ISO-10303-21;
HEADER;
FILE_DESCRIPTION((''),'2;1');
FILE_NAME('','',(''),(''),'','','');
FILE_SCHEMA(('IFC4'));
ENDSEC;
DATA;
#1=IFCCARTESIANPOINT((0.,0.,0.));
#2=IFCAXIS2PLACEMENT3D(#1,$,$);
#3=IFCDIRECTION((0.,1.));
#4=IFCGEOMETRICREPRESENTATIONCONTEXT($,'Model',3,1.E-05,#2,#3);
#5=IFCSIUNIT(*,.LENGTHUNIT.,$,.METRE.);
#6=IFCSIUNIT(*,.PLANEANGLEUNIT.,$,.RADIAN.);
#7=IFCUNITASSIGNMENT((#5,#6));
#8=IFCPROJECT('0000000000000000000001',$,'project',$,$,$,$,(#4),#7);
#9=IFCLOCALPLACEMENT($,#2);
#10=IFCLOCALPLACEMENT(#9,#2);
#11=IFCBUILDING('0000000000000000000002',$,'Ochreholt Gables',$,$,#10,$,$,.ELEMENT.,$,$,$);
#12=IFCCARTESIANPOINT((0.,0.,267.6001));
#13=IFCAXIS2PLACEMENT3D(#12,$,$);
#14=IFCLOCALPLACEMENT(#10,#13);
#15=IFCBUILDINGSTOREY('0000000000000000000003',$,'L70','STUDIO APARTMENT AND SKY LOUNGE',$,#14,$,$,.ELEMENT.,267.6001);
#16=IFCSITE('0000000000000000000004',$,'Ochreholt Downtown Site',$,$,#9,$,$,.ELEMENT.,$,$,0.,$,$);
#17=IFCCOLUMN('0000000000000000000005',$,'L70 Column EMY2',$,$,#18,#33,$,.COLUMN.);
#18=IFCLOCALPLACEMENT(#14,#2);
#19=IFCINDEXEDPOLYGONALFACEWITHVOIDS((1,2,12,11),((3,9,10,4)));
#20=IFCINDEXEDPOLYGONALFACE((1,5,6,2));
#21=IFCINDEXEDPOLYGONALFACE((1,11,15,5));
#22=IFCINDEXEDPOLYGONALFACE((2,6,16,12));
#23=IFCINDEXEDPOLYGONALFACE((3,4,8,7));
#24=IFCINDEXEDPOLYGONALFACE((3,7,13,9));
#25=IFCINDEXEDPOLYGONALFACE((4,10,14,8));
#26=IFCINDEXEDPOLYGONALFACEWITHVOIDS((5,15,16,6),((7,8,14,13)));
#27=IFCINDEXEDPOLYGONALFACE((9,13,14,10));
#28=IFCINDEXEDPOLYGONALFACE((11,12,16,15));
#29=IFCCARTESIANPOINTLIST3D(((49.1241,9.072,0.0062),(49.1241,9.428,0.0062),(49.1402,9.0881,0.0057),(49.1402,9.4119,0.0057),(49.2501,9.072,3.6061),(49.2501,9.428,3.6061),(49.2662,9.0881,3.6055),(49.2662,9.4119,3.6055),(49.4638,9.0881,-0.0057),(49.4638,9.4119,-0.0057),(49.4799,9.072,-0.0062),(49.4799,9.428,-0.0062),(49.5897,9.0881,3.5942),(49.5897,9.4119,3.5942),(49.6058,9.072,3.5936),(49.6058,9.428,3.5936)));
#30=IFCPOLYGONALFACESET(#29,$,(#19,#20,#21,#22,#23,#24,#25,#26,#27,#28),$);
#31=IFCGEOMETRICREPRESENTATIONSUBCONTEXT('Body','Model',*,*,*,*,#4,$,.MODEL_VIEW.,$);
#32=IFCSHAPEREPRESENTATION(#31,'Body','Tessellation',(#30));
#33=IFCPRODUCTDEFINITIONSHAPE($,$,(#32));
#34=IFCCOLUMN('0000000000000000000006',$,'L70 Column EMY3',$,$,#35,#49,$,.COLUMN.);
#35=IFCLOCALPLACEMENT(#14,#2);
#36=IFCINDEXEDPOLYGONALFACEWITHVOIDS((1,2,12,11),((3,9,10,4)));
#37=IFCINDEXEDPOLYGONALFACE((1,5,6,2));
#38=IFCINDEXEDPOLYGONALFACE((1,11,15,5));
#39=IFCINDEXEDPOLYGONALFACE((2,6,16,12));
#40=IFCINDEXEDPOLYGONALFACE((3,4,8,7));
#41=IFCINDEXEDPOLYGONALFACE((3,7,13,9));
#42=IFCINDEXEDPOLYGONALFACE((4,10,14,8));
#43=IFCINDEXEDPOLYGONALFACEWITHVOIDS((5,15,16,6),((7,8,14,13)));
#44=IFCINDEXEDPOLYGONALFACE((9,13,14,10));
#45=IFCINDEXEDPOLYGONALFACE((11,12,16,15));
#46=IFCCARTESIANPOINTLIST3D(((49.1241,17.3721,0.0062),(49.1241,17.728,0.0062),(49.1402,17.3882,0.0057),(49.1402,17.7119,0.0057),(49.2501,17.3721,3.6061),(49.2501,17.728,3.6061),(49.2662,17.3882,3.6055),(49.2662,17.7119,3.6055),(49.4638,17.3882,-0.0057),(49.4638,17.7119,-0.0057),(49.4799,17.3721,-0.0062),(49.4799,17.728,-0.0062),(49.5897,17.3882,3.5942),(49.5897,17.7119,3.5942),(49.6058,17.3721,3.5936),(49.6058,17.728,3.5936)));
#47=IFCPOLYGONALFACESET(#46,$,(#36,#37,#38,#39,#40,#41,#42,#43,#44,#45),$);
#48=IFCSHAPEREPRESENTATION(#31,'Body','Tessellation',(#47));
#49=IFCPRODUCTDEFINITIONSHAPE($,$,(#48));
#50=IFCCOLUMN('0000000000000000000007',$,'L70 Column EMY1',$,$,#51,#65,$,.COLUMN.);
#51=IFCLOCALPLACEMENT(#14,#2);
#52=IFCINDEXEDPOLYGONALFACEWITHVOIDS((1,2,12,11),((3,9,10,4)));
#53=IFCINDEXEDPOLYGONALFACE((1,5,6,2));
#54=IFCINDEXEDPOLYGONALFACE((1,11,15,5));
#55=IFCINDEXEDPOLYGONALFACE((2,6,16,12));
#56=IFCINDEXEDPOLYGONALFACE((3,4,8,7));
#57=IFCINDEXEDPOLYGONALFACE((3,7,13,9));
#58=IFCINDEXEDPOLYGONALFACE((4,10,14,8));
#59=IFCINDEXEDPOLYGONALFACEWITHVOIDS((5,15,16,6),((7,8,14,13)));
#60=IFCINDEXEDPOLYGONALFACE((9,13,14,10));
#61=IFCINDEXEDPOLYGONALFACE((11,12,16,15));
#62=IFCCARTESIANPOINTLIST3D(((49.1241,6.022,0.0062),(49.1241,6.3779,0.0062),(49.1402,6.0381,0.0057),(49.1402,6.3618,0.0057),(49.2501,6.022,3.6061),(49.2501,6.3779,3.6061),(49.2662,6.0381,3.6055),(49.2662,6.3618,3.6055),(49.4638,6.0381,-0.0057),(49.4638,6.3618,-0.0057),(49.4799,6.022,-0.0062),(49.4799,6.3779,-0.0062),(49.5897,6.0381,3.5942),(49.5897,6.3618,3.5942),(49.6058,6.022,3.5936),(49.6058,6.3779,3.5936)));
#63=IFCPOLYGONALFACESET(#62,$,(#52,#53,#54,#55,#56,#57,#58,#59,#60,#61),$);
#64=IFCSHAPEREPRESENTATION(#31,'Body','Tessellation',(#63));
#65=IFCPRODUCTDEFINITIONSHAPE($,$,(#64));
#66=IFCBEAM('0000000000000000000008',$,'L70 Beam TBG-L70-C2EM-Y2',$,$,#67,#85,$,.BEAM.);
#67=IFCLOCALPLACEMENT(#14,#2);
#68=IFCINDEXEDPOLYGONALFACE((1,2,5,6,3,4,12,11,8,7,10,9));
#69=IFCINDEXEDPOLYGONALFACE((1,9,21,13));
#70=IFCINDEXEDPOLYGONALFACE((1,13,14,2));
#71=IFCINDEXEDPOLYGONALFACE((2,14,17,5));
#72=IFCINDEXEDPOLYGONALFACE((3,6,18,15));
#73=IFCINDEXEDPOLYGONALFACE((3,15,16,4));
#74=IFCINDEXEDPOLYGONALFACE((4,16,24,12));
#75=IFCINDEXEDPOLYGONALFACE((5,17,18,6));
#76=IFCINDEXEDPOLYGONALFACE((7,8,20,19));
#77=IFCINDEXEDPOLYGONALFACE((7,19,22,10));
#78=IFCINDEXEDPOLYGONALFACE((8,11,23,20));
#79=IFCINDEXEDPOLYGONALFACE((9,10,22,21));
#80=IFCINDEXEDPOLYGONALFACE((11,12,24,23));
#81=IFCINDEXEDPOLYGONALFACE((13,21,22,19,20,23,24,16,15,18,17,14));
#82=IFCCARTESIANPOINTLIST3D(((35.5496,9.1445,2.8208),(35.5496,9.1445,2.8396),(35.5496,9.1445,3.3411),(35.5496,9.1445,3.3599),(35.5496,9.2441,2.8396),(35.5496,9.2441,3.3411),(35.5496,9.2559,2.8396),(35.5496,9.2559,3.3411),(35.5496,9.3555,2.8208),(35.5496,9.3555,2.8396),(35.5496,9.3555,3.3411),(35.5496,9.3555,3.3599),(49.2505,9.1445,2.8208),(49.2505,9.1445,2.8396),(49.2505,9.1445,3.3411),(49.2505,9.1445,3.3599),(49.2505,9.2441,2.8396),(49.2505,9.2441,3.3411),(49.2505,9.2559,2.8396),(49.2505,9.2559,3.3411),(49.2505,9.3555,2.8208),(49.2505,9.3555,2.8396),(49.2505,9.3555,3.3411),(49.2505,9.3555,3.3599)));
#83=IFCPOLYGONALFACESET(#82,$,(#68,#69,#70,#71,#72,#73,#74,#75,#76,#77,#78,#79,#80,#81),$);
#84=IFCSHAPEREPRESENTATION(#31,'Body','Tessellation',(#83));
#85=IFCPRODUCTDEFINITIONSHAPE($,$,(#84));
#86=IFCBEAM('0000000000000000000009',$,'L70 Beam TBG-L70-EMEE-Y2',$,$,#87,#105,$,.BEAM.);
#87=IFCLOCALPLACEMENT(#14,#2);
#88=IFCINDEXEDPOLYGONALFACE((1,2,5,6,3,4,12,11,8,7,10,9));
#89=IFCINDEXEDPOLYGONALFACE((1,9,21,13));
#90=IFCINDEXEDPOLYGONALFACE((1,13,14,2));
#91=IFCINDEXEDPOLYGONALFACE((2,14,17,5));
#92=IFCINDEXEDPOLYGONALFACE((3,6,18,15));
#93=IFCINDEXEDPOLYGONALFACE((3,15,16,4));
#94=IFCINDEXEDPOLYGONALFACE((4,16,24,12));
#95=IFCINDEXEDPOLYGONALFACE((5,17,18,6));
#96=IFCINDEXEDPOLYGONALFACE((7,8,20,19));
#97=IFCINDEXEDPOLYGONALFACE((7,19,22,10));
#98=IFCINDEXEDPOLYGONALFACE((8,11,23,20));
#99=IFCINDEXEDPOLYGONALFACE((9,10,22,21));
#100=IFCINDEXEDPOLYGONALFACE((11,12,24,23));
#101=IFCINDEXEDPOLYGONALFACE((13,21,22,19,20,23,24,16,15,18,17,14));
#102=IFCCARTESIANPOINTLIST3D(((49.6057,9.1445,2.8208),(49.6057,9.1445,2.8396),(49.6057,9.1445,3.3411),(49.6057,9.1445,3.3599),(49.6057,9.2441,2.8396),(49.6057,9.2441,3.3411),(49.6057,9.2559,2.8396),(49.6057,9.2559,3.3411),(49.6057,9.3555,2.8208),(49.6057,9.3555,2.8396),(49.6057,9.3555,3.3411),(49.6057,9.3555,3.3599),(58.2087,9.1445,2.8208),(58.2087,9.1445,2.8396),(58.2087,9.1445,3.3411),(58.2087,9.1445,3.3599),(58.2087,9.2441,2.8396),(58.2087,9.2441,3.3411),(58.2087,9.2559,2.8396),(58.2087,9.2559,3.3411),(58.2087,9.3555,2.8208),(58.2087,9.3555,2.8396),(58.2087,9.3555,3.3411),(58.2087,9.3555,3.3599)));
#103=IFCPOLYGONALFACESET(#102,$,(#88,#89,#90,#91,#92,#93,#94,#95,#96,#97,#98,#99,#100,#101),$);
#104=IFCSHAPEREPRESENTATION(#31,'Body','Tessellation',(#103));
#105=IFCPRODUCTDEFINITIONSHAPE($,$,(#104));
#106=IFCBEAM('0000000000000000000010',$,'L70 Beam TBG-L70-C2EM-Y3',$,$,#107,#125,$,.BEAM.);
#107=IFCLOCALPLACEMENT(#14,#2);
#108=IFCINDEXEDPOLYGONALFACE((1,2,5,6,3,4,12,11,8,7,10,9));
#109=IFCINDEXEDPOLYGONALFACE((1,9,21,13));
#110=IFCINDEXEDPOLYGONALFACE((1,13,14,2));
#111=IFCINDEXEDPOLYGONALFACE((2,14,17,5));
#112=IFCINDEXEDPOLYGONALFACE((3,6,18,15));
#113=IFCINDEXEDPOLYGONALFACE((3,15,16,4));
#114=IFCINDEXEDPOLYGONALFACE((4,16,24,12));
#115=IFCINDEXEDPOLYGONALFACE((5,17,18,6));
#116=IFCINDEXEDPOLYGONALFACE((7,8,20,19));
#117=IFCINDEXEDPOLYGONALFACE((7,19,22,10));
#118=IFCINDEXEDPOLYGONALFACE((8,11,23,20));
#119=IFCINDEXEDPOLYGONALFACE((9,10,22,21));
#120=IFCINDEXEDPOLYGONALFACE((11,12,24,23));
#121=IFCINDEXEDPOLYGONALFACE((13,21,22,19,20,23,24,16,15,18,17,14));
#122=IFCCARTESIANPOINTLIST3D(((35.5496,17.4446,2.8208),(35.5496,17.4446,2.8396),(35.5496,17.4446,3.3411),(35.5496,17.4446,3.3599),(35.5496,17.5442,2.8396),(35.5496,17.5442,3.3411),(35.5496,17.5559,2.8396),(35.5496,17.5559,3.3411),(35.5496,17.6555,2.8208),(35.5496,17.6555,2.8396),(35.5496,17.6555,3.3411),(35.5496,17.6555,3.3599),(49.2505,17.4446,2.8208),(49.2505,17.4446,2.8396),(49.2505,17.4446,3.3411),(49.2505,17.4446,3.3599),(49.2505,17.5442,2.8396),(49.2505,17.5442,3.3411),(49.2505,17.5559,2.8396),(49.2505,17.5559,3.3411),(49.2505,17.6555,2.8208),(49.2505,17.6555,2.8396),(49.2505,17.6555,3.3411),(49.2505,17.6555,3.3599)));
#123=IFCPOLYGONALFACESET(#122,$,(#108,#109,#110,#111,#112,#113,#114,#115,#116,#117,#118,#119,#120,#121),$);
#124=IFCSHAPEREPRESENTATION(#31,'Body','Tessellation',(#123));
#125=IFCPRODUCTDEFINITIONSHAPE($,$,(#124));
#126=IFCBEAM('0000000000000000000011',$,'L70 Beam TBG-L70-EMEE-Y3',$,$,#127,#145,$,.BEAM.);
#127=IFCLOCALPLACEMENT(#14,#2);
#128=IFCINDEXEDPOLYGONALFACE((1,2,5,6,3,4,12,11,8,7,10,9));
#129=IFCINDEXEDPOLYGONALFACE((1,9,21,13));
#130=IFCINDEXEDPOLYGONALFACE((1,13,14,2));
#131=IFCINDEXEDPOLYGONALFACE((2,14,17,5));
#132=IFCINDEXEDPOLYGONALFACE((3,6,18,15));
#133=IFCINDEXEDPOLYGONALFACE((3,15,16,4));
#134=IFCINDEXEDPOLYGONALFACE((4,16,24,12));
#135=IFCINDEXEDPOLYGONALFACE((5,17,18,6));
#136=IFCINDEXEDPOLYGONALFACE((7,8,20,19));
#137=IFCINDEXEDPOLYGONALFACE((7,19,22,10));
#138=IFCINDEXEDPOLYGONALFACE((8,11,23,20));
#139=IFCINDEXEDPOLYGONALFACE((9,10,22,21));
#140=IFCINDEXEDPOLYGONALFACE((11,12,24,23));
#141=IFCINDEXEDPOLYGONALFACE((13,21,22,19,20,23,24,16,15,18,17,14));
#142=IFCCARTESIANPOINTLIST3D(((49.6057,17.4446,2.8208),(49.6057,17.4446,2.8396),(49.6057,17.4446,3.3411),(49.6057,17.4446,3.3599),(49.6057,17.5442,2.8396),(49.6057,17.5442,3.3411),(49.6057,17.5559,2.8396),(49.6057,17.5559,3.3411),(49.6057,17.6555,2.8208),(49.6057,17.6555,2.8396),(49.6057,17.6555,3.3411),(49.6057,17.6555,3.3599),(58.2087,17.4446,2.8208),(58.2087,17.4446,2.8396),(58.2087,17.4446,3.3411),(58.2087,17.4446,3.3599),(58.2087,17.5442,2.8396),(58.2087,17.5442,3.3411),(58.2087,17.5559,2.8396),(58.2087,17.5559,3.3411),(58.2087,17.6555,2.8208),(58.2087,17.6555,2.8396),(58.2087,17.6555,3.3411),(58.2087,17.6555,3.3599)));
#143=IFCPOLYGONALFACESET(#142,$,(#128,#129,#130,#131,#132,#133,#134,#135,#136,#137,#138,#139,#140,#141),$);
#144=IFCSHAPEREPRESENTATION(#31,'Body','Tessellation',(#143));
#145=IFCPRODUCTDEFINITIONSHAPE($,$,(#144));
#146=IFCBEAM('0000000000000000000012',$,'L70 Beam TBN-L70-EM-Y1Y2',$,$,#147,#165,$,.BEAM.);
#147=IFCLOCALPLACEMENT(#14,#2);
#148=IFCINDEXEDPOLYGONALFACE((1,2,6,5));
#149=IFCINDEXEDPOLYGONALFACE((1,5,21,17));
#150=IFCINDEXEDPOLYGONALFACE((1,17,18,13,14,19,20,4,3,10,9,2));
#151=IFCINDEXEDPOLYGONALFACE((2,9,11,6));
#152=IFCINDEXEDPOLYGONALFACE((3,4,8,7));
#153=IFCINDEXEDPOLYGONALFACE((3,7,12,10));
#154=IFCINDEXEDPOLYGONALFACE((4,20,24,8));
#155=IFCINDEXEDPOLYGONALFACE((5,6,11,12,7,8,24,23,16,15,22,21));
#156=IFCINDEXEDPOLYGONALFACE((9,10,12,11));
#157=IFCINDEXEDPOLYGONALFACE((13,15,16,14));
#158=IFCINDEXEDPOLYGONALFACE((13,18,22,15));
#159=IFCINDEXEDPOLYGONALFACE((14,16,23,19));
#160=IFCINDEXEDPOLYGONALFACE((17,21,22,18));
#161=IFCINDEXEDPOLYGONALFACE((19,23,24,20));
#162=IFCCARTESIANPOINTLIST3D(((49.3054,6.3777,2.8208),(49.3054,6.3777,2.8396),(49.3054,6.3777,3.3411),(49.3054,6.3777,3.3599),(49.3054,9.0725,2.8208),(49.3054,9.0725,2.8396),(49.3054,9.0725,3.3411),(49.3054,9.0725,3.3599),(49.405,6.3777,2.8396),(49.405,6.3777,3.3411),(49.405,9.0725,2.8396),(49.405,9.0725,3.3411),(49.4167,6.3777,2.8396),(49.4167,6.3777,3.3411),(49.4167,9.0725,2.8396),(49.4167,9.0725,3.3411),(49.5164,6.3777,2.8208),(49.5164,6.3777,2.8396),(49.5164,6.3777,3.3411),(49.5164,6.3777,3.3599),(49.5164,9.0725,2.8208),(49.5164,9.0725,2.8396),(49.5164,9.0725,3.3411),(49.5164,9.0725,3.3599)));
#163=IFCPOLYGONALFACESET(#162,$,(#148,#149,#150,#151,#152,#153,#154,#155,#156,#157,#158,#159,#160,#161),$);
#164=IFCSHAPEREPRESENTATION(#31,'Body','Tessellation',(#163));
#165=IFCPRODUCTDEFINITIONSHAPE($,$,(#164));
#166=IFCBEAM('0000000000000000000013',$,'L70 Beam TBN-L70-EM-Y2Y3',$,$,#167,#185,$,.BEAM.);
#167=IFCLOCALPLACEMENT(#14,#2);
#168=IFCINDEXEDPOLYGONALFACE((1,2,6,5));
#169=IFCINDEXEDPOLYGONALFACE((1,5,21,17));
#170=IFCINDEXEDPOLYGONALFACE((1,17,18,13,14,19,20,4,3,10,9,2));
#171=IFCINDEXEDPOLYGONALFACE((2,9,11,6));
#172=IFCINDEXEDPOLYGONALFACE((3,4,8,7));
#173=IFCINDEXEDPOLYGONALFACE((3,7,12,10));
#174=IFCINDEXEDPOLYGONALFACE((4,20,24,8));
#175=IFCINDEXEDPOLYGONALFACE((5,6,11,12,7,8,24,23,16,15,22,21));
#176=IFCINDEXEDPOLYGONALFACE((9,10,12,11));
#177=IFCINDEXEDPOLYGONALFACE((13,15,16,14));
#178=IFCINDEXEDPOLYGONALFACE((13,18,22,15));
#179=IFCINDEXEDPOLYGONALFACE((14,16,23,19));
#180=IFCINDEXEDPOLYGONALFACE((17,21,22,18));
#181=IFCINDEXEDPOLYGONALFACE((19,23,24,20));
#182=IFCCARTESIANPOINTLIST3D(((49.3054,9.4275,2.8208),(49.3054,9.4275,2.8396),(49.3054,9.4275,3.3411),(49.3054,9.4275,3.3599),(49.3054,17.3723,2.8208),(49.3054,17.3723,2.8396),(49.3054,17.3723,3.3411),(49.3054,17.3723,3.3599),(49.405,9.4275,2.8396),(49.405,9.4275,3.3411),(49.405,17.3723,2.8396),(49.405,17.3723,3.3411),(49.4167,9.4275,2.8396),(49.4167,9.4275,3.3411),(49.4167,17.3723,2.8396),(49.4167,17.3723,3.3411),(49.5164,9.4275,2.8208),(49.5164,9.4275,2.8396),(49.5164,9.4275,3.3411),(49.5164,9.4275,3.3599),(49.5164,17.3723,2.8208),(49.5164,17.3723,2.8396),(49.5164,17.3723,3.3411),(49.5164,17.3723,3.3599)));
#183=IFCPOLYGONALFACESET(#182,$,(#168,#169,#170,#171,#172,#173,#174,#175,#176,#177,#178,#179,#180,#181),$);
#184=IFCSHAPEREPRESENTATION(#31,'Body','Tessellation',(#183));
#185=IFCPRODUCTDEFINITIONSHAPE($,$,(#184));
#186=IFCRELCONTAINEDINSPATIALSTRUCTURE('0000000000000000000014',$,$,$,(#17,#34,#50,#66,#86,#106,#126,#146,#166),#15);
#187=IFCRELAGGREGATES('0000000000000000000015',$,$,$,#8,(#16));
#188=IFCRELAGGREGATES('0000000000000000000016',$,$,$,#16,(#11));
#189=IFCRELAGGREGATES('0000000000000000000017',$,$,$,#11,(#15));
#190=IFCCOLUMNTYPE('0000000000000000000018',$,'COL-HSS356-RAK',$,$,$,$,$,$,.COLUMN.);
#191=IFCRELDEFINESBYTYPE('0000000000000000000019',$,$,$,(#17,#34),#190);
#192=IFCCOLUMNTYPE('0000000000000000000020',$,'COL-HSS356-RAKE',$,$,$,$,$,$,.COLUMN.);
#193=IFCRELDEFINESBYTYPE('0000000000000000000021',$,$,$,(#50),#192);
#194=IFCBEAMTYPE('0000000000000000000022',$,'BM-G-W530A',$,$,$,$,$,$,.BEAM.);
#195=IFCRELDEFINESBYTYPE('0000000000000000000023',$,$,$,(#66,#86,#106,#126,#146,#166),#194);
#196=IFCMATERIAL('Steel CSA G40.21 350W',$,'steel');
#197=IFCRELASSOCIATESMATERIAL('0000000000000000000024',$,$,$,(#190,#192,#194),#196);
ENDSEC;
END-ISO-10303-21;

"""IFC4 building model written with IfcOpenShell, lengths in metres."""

from ifc_helpers import new_model, si_unit, direction, frame, origin, origin_2d, place, context, subcontext, project, spatial, hollow_rectangle, i_section, extrude, material, material_profile, profile_set, type_object, element, save


model = new_model("IFC4")

# Units and contexts
model_context = context("Model", 3, precision=1e-05, world=origin(), true_north=direction((0.0, 1.0)))
body_context = subcontext(model_context, "Body", "Model", "MODEL_VIEW")
ifc_project = project(units=[si_unit("LENGTHUNIT", "METRE"), si_unit("PLANEANGLEUNIT", "RADIAN")], contexts=[model_context])

# Site, building, storey
site_placement = place(None, origin())
site = spatial("IfcSite", under=ifc_project, at=site_placement, Name="Ochreholt Downtown Site", CompositionType="ELEMENT", RefElevation=0.0)
building_placement = place(site_placement, origin())
building = spatial("IfcBuilding", under=site, at=building_placement, Name="Ochreholt Gables", CompositionType="ELEMENT")
storey_placement = place(building_placement, frame((0.0, 0.0, 267.6001)))
storey = spatial("IfcBuildingStorey", under=building, at=storey_placement, Name="L70", Description="STUDIO APARTMENT AND SKY LOUNGE", CompositionType="ELEMENT", Elevation=267.6001)

# Columns
ifc_material_1 = material(Name="Steel CSA G40.21 350W", Category="steel")
ifc_material_profile_1 = material_profile(ifc_material_1, hollow_rectangle(XDim=0.356, YDim=0.356, WallThickness=0.0161, at=origin_2d()), Name="HSS356X356X16")
ifc_profile_set_1 = profile_set([ifc_material_profile_1], Name="Steel CSA G40.21 350W")
column_type_1 = type_object("IfcColumnType", Name="COL-HSS356-RAK", PredefinedType="COLUMN", material=ifc_profile_set_1)
for number, where, z_axis, x_axis, name in (
    (1, (49.302, 9.25, 0.0), (0.034974, 0.0, 0.999388), (0.0, 1.0, 0.0), "L70 Column EMY2"),
    (2, (49.302, 17.55, 0.0), (0.034974, 0.0, 0.999388), (0.0, 1.0, 0.0), "L70 Column EMY3"),
):
    element("IfcColumn", number, at=place(storey_placement, frame(where, z_axis=z_axis, x_axis=x_axis)), inside=storey, type_object=column_type_1, Name=name, PredefinedType="COLUMN", context=body_context, shape_type="SweptSolid", body=[
        extrude(hollow_rectangle(XDim=0.356, YDim=0.356, WallThickness=0.0161, at=origin_2d()), origin(), (0.0, 0.0, 1.0), 3.6021),
    ])
ifc_material_profile_2 = material_profile(ifc_material_1, hollow_rectangle(XDim=0.356, YDim=0.356, WallThickness=0.0161, at=origin_2d()), Name="HSS356X356X16")
ifc_profile_set_2 = profile_set([ifc_material_profile_2], Name="Steel CSA G40.21 350W")
column_type_2 = type_object("IfcColumnType", Name="COL-HSS356-RAKE", PredefinedType="COLUMN", material=ifc_profile_set_2)
column_placement = place(storey_placement, frame((49.302, 6.2, 0.0), z_axis=(0.034974, 0.0, 0.999388), x_axis=(0.0, 1.0, 0.0)))
element("IfcColumn", 3, at=column_placement, inside=storey, type_object=column_type_2, Name="L70 Column EMY1", PredefinedType="COLUMN", context=body_context, shape_type="SweptSolid", body=[
    extrude(hollow_rectangle(XDim=0.356, YDim=0.356, WallThickness=0.0161, at=origin_2d()), origin(), (0.0, 0.0, 1.0), 3.6021),
])

# Beams
ifc_material_profile_3 = material_profile(ifc_material_1, i_section(OverallWidth=0.2109, OverallDepth=0.5391, WebThickness=0.0117, FlangeThickness=0.0188, at=origin_2d()), Name="W530X109")
ifc_profile_set_3 = profile_set([ifc_material_profile_3], Name="Steel CSA G40.21 350W")
beam_type_1 = type_object("IfcBeamType", Name="BM-G-W530A", PredefinedType="BEAM", material=ifc_profile_set_3)
beam_1_placement = place(storey_placement, frame((35.5496, 9.25, 3.0903), z_axis=(1.0, 0.0, 0.0), x_axis=(0.0, 1.0, 0.0)))
element("IfcBeam", 4, at=beam_1_placement, inside=storey, type_object=beam_type_1, Name="L70 Beam TBG-L70-C2EM-Y2", PredefinedType="BEAM", context=body_context, shape_type="SweptSolid", body=[
    extrude(i_section(OverallWidth=0.2109, OverallDepth=0.5391, WebThickness=0.0117, FlangeThickness=0.0188, at=origin_2d()), origin(), (0.0, 0.0, 1.0), 13.7009),
])
beam_2_placement = place(storey_placement, frame((49.6057, 9.25, 3.0903), z_axis=(1.0, 0.0, 0.0), x_axis=(0.0, 1.0, 0.0)))
element("IfcBeam", 5, at=beam_2_placement, inside=storey, type_object=beam_type_1, Name="L70 Beam TBG-L70-EMEE-Y2", PredefinedType="BEAM", context=body_context, shape_type="SweptSolid", body=[
    extrude(i_section(OverallWidth=0.2109, OverallDepth=0.5391, WebThickness=0.0117, FlangeThickness=0.0188, at=origin_2d()), origin(), (0.0, 0.0, 1.0), 8.603),
])
beam_3_placement = place(storey_placement, frame((35.5496, 17.55, 3.0903), z_axis=(1.0, 0.0, 0.0), x_axis=(0.0, 1.0, 0.0)))
element("IfcBeam", 6, at=beam_3_placement, inside=storey, type_object=beam_type_1, Name="L70 Beam TBG-L70-C2EM-Y3", PredefinedType="BEAM", context=body_context, shape_type="SweptSolid", body=[
    extrude(i_section(OverallWidth=0.2109, OverallDepth=0.5391, WebThickness=0.0117, FlangeThickness=0.0188, at=origin_2d()), origin(), (0.0, 0.0, 1.0), 13.7009),
])
beam_4_placement = place(storey_placement, frame((49.6057, 17.55, 3.0903), z_axis=(1.0, 0.0, 0.0), x_axis=(0.0, 1.0, 0.0)))
element("IfcBeam", 7, at=beam_4_placement, inside=storey, type_object=beam_type_1, Name="L70 Beam TBG-L70-EMEE-Y3", PredefinedType="BEAM", context=body_context, shape_type="SweptSolid", body=[
    extrude(i_section(OverallWidth=0.2109, OverallDepth=0.5391, WebThickness=0.0117, FlangeThickness=0.0188, at=origin_2d()), origin(), (0.0, 0.0, 1.0), 8.603),
])
beam_5_placement = place(storey_placement, frame((49.4109, 6.3777, 3.0903), z_axis=(0.0, 1.0, 0.0), x_axis=(-1.0, 0.0, 0.0)))
element("IfcBeam", 8, at=beam_5_placement, inside=storey, type_object=beam_type_1, Name="L70 Beam TBN-L70-EM-Y1Y2", PredefinedType="BEAM", context=body_context, shape_type="SweptSolid", body=[
    extrude(i_section(OverallWidth=0.2109, OverallDepth=0.5391, WebThickness=0.0117, FlangeThickness=0.0188, at=origin_2d()), origin(), (0.0, 0.0, 1.0), 2.6948),
])
beam_6_placement = place(storey_placement, frame((49.4109, 9.4275, 3.0903), z_axis=(0.0, 1.0, 0.0), x_axis=(-1.0, 0.0, 0.0)))
element("IfcBeam", 9, at=beam_6_placement, inside=storey, type_object=beam_type_1, Name="L70 Beam TBN-L70-EM-Y2Y3", PredefinedType="BEAM", context=body_context, shape_type="SweptSolid", body=[
    extrude(i_section(OverallWidth=0.2109, OverallDepth=0.5391, WebThickness=0.0117, FlangeThickness=0.0188, at=origin_2d()), origin(), (0.0, 0.0, 1.0), 7.9448),
])

save(model, "model.ifc")
